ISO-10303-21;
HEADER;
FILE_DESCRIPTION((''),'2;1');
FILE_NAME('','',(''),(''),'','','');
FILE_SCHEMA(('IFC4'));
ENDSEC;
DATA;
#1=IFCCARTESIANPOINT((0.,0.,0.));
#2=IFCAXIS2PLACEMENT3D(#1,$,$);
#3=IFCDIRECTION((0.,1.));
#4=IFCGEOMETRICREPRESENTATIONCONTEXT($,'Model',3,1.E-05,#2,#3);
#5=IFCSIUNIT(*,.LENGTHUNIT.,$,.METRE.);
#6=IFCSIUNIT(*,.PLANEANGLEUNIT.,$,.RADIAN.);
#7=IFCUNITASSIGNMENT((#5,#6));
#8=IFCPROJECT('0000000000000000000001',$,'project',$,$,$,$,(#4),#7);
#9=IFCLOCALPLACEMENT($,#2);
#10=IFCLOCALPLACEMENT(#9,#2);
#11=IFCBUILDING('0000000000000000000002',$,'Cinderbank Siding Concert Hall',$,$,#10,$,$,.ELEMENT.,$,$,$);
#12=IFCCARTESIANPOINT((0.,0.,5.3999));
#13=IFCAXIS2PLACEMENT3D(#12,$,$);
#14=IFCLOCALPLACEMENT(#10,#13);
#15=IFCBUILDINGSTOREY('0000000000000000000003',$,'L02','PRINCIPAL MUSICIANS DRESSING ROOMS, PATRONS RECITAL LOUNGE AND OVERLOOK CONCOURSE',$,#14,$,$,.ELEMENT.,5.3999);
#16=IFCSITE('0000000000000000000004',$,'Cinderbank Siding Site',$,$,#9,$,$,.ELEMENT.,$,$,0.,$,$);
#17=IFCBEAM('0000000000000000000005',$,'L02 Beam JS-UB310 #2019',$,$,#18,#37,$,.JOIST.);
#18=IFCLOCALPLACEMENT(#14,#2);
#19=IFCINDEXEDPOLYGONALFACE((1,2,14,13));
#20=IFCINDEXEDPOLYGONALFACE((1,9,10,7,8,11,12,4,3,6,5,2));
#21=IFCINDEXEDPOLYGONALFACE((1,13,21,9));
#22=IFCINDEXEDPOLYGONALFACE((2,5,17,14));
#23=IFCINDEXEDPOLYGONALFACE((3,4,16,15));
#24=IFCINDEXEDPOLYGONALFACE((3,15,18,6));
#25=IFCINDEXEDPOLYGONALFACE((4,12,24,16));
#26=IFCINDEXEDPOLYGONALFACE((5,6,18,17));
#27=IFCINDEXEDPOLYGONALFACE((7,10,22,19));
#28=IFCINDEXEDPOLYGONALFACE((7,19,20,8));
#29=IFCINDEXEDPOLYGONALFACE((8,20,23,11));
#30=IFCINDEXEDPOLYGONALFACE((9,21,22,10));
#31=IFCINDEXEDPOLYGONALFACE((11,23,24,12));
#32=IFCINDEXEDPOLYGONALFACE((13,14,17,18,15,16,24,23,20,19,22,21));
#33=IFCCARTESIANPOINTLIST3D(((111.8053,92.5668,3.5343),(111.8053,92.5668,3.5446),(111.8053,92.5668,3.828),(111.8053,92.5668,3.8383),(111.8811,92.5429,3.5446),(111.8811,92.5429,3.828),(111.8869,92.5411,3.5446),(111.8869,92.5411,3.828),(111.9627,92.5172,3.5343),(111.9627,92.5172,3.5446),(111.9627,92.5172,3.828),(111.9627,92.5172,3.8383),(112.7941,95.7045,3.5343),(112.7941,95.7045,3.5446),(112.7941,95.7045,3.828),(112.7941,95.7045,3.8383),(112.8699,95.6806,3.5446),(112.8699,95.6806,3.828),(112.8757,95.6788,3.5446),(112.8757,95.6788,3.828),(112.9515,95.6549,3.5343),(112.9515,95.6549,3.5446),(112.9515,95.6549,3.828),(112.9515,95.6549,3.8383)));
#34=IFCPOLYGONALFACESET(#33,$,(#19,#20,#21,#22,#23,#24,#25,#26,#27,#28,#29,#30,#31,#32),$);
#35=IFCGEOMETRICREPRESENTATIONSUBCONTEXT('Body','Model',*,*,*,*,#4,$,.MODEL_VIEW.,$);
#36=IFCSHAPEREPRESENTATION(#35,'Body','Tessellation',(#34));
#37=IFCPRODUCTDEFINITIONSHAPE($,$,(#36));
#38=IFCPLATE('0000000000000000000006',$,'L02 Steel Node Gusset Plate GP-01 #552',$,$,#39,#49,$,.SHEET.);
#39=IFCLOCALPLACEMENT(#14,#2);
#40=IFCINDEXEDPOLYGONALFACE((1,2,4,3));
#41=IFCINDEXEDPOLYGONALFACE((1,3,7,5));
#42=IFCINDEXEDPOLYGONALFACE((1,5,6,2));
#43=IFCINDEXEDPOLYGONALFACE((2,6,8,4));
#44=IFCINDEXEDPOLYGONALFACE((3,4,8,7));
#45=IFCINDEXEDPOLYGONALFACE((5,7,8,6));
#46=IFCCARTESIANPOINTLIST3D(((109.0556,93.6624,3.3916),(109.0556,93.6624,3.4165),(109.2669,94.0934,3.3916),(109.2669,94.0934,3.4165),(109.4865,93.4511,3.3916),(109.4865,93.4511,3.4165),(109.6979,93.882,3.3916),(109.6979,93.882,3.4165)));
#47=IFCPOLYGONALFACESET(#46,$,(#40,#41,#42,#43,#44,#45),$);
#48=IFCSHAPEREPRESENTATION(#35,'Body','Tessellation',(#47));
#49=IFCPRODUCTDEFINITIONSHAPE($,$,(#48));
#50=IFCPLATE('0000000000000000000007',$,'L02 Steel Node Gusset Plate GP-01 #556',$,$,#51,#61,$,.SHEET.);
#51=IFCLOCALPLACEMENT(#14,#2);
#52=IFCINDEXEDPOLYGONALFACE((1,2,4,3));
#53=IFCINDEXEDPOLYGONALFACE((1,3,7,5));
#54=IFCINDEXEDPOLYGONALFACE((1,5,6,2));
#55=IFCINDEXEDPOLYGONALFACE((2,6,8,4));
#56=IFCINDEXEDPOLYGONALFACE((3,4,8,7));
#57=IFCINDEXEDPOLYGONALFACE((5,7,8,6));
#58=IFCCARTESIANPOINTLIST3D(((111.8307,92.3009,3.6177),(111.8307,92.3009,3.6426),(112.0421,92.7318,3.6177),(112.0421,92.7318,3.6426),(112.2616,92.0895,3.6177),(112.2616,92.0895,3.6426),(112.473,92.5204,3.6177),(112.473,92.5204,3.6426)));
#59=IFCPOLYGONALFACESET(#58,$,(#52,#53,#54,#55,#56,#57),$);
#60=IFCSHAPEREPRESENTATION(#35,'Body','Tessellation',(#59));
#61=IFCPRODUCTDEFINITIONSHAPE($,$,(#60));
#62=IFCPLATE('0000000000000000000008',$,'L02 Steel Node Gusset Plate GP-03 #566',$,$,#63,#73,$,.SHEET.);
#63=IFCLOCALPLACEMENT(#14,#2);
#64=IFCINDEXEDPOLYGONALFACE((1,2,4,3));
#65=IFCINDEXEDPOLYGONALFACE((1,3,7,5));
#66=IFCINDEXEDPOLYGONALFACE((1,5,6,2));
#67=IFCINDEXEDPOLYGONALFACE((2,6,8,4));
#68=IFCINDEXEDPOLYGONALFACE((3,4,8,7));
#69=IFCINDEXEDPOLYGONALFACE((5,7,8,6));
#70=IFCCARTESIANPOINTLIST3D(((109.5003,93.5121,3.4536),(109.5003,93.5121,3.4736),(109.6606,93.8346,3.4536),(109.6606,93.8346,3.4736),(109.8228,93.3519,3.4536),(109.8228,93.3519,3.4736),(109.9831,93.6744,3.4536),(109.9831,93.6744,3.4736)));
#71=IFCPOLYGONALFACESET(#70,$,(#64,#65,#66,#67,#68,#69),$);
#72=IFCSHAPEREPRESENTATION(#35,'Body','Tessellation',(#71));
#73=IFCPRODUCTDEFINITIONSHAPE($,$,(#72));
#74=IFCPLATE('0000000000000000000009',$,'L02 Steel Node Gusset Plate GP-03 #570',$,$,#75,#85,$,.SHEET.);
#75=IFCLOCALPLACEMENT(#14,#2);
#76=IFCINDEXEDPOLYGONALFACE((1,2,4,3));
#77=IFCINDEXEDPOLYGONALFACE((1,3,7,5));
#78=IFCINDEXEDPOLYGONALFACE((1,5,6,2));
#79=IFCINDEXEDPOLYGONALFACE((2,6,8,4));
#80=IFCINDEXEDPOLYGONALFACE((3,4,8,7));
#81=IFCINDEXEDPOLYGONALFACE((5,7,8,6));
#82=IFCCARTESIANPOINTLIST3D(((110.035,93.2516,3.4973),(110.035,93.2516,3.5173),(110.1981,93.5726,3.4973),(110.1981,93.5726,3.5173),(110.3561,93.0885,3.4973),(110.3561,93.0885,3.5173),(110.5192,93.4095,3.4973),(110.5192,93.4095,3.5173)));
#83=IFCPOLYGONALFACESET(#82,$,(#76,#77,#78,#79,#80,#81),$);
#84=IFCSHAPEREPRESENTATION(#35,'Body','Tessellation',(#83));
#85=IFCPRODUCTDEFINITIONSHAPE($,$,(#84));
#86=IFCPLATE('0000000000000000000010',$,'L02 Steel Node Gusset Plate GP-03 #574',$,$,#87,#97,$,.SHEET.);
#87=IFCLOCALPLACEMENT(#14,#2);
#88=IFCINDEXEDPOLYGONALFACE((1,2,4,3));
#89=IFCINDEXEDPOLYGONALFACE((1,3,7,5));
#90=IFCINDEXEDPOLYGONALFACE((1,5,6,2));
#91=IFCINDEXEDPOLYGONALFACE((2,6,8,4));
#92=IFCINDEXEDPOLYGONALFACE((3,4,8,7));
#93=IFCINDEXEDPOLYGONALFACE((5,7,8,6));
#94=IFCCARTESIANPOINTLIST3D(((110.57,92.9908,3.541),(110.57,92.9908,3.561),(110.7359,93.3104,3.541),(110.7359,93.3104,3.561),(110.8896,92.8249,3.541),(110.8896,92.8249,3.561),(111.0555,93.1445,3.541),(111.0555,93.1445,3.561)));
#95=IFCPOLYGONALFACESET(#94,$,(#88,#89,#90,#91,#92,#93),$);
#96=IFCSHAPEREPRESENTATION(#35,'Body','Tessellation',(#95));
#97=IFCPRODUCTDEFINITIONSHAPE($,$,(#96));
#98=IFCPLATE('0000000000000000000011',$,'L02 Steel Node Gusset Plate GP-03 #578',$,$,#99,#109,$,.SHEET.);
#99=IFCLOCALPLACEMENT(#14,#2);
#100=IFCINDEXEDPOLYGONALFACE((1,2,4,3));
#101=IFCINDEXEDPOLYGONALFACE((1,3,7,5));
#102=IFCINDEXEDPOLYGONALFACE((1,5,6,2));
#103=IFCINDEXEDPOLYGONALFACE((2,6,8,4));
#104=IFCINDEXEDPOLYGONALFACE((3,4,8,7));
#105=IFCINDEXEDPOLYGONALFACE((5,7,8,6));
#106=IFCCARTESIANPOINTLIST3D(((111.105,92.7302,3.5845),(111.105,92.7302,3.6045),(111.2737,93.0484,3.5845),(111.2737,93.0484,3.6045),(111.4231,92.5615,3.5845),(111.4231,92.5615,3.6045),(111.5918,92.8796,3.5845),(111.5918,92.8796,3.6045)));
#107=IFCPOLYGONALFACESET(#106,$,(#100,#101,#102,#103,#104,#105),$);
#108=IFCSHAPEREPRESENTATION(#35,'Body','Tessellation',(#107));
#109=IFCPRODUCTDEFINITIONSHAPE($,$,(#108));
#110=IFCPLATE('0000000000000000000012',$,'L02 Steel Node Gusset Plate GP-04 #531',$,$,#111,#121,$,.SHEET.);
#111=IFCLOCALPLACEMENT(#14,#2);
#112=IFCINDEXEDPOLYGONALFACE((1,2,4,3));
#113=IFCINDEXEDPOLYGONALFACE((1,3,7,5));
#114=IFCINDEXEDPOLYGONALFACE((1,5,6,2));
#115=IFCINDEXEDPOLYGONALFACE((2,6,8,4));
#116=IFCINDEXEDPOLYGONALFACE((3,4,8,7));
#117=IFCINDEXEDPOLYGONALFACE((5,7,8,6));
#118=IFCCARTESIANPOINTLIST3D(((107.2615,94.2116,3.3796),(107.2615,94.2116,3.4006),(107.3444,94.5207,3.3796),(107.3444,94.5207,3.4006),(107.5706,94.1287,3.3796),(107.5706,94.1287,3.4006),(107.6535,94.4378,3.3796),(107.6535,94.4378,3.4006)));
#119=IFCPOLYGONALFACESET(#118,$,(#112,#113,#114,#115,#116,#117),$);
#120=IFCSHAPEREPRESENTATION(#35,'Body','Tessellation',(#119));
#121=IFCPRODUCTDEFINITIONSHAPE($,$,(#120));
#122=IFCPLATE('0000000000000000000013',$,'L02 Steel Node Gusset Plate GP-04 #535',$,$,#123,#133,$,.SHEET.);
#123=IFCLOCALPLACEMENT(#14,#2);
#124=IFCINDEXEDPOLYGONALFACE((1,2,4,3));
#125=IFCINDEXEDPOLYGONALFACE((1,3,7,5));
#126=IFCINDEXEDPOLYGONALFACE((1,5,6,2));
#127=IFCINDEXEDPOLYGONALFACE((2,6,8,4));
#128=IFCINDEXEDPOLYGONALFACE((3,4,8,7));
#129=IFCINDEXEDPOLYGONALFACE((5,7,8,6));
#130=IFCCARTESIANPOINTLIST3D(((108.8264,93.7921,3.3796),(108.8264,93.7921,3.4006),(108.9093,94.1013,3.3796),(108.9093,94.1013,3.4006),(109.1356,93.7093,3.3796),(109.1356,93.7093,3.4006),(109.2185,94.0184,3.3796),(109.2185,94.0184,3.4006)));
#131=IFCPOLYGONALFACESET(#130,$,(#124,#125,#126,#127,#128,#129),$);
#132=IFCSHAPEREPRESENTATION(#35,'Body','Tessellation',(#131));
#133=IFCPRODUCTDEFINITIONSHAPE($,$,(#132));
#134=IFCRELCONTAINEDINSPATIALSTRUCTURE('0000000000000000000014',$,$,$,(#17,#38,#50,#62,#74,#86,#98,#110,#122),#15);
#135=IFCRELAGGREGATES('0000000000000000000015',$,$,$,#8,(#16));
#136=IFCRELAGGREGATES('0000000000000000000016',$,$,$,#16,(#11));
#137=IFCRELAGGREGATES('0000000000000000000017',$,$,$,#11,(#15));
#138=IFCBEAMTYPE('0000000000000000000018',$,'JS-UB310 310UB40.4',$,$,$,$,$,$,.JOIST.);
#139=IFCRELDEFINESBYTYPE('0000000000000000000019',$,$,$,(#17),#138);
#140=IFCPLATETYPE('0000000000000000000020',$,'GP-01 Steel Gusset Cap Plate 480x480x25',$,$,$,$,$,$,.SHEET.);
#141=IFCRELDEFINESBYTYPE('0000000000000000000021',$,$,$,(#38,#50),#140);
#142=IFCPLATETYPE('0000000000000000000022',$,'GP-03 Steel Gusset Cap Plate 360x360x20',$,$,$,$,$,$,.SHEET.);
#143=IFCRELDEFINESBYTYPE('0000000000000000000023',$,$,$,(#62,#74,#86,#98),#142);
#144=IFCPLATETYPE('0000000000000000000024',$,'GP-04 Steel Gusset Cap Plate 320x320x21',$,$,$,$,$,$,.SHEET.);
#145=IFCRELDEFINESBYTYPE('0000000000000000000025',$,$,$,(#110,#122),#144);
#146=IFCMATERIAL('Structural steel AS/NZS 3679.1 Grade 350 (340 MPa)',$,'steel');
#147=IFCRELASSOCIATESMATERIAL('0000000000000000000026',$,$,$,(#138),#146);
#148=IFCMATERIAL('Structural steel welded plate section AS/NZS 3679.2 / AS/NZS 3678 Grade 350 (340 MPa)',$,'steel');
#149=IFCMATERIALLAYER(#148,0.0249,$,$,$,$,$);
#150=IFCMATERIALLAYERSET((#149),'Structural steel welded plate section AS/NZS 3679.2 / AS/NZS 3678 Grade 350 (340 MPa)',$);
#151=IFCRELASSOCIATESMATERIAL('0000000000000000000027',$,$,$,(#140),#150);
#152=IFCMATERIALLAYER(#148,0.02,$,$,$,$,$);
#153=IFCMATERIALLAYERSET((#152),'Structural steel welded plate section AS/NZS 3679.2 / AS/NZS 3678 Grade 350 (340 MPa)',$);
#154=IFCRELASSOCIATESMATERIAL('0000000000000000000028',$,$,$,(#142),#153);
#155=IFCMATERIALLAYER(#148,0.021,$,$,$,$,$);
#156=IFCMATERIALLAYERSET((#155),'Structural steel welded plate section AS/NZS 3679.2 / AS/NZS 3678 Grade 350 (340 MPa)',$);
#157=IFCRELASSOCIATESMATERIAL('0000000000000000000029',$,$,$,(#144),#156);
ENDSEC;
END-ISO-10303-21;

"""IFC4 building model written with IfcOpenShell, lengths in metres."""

from ifc_helpers import new_model, si_unit, direction, frame, origin, origin_2d, place, context, subcontext, project, spatial, rectangle, i_section, extrude, material, layer, layer_set, material_profile, profile_set, type_object, element, save


model = new_model("IFC4")

# Units and contexts
model_context = context("Model", 3, precision=1e-05, world=origin(), true_north=direction((0.0, 1.0)))
body_context = subcontext(model_context, "Body", "Model", "MODEL_VIEW")
ifc_project = project(units=[si_unit("LENGTHUNIT", "METRE"), si_unit("PLANEANGLEUNIT", "RADIAN")], contexts=[model_context])

# Site, building, storey
site_placement = place(None, origin())
site = spatial("IfcSite", under=ifc_project, at=site_placement, Name="Cinderbank Siding Site", CompositionType="ELEMENT", RefElevation=0.0)
building_placement = place(site_placement, origin())
building = spatial("IfcBuilding", under=site, at=building_placement, Name="Cinderbank Siding Concert Hall", CompositionType="ELEMENT")
storey_placement = place(building_placement, frame((0.0, 0.0, 5.3999)))
storey = spatial("IfcBuildingStorey", under=building, at=storey_placement, Name="L02", Description="PRINCIPAL MUSICIANS DRESSING ROOMS, PATRONS RECITAL LOUNGE AND OVERLOOK CONCOURSE", CompositionType="ELEMENT", Elevation=5.3999)

# Shared definitions
ifc_material_1 = material(Name="Structural steel welded plate section AS/NZS 3679.2 / AS/NZS 3678 Grade 350 (340 MPa)", Category="steel")

# Beam
ifc_material_2 = material(Name="Structural steel AS/NZS 3679.1 Grade 350 (340 MPa)", Category="steel")
ifc_material_profile_1 = material_profile(ifc_material_2, i_section(OverallWidth=0.165, OverallDepth=0.304, WebThickness=0.0061, FlangeThickness=0.0103, at=origin_2d()), Name="310UB40.4", Category="LoadBearing")
ifc_profile_set_1 = profile_set([ifc_material_profile_1], Name="Structural steel AS/NZS 3679.1 Grade 350 (340 MPa)")
beam_type_1 = type_object("IfcBeamType", Name="JS-UB310 310UB40.4", PredefinedType="JOIST", material=ifc_profile_set_1)
beam_1_placement = place(storey_placement, frame((111.884, 92.542, 3.6863), z_axis=(0.300556, 0.953764, 0.0), x_axis=(-0.953764, 0.300556, 0.0)))
element("IfcBeam", 1, at=beam_1_placement, inside=storey, type_object=beam_type_1, Name="L02 Beam JS-UB310 #2019", PredefinedType="JOIST", context=body_context, shape_type="SweptSolid", body=[
    extrude(i_section(OverallWidth=0.165, OverallDepth=0.304, WebThickness=0.0061, FlangeThickness=0.0103, at=origin_2d()), origin(), (0.0, 0.0, 1.0), 3.2898),
])

# Plates
ifc_layer_1 = layer(ifc_material_1, 0.0249)
ifc_layer_set_1 = layer_set([ifc_layer_1], Name="Structural steel welded plate section AS/NZS 3679.2 / AS/NZS 3678 Grade 350 (340 MPa)")
plate_type_1 = type_object("IfcPlateType", Name="GP-01 Steel Gusset Cap Plate 480x480x25", PredefinedType="SHEET", material=ifc_layer_set_1)
for number, where, z_axis, x_axis, name in (
    (2, (109.3767, 93.7722, 3.3916), (0.0, 0.0, 1.0), (0.897797, -0.440409, 0.0), "L02 Steel Node Gusset Plate GP-01 #552"),
    (3, (112.1519, 92.4106, 3.6177), (0.0, 0.0, 1.0), (0.897797, -0.440409, 0.0), "L02 Steel Node Gusset Plate GP-01 #556"),
):
    element("IfcPlate", number, at=place(storey_placement, frame(where, z_axis=z_axis, x_axis=x_axis)), inside=storey, type_object=plate_type_1, Name=name, PredefinedType="SHEET", context=body_context, shape_type="SweptSolid", body=[
        extrude(rectangle(XDim=0.48, YDim=0.48, at=origin_2d()), origin(), (0.0, 0.0, 1.0), 0.0249),
    ])
ifc_layer_2 = layer(ifc_material_1, 0.02)
ifc_layer_set_2 = layer_set([ifc_layer_2], Name="Structural steel welded plate section AS/NZS 3679.2 / AS/NZS 3678 Grade 350 (340 MPa)")
plate_type_2 = type_object("IfcPlateType", Name="GP-03 Steel Gusset Cap Plate 360x360x20", PredefinedType="SHEET", material=ifc_layer_set_2)
for number, where, z_axis, x_axis, name in (
    (4, (109.7417, 93.5933, 3.4536), (0.0, 0.0, 1.0), (0.444948, 0.895556, 0.0), "L02 Steel Node Gusset Plate GP-03 #566"),
    (5, (110.2771, 93.3306, 3.4973), (0.0, 0.0, 1.0), (0.452902, 0.891561, 0.0), "L02 Steel Node Gusset Plate GP-03 #570"),
    (6, (110.8127, 93.0676, 3.541), (0.0, 0.0, 1.0), (0.460665, 0.887574, 0.0), "L02 Steel Node Gusset Plate GP-03 #574"),
    (7, (111.3484, 92.8049, 3.5845), (0.0, 0.0, 1.0), (0.468547, 0.883439, 0.0), "L02 Steel Node Gusset Plate GP-03 #578"),
):
    element("IfcPlate", number, at=place(storey_placement, frame(where, z_axis=z_axis, x_axis=x_axis)), inside=storey, type_object=plate_type_2, Name=name, PredefinedType="SHEET", context=body_context, shape_type="SweptSolid", body=[
        extrude(rectangle(XDim=0.3601, YDim=0.3601, at=origin_2d()), origin(), (0.0, 0.0, 1.0), 0.02),
    ])
ifc_layer_3 = layer(ifc_material_1, 0.021)
ifc_layer_set_3 = layer_set([ifc_layer_3], Name="Structural steel welded plate section AS/NZS 3679.2 / AS/NZS 3678 Grade 350 (340 MPa)")
plate_type_3 = type_object("IfcPlateType", Name="GP-04 Steel Gusset Cap Plate 320x320x21", PredefinedType="SHEET", material=ifc_layer_set_3)
for number, where, z_axis, x_axis, name in (
    (8, (107.4575, 94.3247, 3.3796), (0.0, 0.0, 1.0), (0.965881, -0.258988, 0.0), "L02 Steel Node Gusset Plate GP-04 #531"),
    (9, (109.0225, 93.9053, 3.3796), (0.0, 0.0, 1.0), (0.965881, -0.258988, 0.0), "L02 Steel Node Gusset Plate GP-04 #535"),
):
    element("IfcPlate", number, at=place(storey_placement, frame(where, z_axis=z_axis, x_axis=x_axis)), inside=storey, type_object=plate_type_3, Name=name, PredefinedType="SHEET", context=body_context, shape_type="SweptSolid", body=[
        extrude(rectangle(XDim=0.3201, YDim=0.3201, at=origin_2d()), origin(), (0.0, 0.0, 1.0), 0.021),
    ])

save(model, "model.ifc")
